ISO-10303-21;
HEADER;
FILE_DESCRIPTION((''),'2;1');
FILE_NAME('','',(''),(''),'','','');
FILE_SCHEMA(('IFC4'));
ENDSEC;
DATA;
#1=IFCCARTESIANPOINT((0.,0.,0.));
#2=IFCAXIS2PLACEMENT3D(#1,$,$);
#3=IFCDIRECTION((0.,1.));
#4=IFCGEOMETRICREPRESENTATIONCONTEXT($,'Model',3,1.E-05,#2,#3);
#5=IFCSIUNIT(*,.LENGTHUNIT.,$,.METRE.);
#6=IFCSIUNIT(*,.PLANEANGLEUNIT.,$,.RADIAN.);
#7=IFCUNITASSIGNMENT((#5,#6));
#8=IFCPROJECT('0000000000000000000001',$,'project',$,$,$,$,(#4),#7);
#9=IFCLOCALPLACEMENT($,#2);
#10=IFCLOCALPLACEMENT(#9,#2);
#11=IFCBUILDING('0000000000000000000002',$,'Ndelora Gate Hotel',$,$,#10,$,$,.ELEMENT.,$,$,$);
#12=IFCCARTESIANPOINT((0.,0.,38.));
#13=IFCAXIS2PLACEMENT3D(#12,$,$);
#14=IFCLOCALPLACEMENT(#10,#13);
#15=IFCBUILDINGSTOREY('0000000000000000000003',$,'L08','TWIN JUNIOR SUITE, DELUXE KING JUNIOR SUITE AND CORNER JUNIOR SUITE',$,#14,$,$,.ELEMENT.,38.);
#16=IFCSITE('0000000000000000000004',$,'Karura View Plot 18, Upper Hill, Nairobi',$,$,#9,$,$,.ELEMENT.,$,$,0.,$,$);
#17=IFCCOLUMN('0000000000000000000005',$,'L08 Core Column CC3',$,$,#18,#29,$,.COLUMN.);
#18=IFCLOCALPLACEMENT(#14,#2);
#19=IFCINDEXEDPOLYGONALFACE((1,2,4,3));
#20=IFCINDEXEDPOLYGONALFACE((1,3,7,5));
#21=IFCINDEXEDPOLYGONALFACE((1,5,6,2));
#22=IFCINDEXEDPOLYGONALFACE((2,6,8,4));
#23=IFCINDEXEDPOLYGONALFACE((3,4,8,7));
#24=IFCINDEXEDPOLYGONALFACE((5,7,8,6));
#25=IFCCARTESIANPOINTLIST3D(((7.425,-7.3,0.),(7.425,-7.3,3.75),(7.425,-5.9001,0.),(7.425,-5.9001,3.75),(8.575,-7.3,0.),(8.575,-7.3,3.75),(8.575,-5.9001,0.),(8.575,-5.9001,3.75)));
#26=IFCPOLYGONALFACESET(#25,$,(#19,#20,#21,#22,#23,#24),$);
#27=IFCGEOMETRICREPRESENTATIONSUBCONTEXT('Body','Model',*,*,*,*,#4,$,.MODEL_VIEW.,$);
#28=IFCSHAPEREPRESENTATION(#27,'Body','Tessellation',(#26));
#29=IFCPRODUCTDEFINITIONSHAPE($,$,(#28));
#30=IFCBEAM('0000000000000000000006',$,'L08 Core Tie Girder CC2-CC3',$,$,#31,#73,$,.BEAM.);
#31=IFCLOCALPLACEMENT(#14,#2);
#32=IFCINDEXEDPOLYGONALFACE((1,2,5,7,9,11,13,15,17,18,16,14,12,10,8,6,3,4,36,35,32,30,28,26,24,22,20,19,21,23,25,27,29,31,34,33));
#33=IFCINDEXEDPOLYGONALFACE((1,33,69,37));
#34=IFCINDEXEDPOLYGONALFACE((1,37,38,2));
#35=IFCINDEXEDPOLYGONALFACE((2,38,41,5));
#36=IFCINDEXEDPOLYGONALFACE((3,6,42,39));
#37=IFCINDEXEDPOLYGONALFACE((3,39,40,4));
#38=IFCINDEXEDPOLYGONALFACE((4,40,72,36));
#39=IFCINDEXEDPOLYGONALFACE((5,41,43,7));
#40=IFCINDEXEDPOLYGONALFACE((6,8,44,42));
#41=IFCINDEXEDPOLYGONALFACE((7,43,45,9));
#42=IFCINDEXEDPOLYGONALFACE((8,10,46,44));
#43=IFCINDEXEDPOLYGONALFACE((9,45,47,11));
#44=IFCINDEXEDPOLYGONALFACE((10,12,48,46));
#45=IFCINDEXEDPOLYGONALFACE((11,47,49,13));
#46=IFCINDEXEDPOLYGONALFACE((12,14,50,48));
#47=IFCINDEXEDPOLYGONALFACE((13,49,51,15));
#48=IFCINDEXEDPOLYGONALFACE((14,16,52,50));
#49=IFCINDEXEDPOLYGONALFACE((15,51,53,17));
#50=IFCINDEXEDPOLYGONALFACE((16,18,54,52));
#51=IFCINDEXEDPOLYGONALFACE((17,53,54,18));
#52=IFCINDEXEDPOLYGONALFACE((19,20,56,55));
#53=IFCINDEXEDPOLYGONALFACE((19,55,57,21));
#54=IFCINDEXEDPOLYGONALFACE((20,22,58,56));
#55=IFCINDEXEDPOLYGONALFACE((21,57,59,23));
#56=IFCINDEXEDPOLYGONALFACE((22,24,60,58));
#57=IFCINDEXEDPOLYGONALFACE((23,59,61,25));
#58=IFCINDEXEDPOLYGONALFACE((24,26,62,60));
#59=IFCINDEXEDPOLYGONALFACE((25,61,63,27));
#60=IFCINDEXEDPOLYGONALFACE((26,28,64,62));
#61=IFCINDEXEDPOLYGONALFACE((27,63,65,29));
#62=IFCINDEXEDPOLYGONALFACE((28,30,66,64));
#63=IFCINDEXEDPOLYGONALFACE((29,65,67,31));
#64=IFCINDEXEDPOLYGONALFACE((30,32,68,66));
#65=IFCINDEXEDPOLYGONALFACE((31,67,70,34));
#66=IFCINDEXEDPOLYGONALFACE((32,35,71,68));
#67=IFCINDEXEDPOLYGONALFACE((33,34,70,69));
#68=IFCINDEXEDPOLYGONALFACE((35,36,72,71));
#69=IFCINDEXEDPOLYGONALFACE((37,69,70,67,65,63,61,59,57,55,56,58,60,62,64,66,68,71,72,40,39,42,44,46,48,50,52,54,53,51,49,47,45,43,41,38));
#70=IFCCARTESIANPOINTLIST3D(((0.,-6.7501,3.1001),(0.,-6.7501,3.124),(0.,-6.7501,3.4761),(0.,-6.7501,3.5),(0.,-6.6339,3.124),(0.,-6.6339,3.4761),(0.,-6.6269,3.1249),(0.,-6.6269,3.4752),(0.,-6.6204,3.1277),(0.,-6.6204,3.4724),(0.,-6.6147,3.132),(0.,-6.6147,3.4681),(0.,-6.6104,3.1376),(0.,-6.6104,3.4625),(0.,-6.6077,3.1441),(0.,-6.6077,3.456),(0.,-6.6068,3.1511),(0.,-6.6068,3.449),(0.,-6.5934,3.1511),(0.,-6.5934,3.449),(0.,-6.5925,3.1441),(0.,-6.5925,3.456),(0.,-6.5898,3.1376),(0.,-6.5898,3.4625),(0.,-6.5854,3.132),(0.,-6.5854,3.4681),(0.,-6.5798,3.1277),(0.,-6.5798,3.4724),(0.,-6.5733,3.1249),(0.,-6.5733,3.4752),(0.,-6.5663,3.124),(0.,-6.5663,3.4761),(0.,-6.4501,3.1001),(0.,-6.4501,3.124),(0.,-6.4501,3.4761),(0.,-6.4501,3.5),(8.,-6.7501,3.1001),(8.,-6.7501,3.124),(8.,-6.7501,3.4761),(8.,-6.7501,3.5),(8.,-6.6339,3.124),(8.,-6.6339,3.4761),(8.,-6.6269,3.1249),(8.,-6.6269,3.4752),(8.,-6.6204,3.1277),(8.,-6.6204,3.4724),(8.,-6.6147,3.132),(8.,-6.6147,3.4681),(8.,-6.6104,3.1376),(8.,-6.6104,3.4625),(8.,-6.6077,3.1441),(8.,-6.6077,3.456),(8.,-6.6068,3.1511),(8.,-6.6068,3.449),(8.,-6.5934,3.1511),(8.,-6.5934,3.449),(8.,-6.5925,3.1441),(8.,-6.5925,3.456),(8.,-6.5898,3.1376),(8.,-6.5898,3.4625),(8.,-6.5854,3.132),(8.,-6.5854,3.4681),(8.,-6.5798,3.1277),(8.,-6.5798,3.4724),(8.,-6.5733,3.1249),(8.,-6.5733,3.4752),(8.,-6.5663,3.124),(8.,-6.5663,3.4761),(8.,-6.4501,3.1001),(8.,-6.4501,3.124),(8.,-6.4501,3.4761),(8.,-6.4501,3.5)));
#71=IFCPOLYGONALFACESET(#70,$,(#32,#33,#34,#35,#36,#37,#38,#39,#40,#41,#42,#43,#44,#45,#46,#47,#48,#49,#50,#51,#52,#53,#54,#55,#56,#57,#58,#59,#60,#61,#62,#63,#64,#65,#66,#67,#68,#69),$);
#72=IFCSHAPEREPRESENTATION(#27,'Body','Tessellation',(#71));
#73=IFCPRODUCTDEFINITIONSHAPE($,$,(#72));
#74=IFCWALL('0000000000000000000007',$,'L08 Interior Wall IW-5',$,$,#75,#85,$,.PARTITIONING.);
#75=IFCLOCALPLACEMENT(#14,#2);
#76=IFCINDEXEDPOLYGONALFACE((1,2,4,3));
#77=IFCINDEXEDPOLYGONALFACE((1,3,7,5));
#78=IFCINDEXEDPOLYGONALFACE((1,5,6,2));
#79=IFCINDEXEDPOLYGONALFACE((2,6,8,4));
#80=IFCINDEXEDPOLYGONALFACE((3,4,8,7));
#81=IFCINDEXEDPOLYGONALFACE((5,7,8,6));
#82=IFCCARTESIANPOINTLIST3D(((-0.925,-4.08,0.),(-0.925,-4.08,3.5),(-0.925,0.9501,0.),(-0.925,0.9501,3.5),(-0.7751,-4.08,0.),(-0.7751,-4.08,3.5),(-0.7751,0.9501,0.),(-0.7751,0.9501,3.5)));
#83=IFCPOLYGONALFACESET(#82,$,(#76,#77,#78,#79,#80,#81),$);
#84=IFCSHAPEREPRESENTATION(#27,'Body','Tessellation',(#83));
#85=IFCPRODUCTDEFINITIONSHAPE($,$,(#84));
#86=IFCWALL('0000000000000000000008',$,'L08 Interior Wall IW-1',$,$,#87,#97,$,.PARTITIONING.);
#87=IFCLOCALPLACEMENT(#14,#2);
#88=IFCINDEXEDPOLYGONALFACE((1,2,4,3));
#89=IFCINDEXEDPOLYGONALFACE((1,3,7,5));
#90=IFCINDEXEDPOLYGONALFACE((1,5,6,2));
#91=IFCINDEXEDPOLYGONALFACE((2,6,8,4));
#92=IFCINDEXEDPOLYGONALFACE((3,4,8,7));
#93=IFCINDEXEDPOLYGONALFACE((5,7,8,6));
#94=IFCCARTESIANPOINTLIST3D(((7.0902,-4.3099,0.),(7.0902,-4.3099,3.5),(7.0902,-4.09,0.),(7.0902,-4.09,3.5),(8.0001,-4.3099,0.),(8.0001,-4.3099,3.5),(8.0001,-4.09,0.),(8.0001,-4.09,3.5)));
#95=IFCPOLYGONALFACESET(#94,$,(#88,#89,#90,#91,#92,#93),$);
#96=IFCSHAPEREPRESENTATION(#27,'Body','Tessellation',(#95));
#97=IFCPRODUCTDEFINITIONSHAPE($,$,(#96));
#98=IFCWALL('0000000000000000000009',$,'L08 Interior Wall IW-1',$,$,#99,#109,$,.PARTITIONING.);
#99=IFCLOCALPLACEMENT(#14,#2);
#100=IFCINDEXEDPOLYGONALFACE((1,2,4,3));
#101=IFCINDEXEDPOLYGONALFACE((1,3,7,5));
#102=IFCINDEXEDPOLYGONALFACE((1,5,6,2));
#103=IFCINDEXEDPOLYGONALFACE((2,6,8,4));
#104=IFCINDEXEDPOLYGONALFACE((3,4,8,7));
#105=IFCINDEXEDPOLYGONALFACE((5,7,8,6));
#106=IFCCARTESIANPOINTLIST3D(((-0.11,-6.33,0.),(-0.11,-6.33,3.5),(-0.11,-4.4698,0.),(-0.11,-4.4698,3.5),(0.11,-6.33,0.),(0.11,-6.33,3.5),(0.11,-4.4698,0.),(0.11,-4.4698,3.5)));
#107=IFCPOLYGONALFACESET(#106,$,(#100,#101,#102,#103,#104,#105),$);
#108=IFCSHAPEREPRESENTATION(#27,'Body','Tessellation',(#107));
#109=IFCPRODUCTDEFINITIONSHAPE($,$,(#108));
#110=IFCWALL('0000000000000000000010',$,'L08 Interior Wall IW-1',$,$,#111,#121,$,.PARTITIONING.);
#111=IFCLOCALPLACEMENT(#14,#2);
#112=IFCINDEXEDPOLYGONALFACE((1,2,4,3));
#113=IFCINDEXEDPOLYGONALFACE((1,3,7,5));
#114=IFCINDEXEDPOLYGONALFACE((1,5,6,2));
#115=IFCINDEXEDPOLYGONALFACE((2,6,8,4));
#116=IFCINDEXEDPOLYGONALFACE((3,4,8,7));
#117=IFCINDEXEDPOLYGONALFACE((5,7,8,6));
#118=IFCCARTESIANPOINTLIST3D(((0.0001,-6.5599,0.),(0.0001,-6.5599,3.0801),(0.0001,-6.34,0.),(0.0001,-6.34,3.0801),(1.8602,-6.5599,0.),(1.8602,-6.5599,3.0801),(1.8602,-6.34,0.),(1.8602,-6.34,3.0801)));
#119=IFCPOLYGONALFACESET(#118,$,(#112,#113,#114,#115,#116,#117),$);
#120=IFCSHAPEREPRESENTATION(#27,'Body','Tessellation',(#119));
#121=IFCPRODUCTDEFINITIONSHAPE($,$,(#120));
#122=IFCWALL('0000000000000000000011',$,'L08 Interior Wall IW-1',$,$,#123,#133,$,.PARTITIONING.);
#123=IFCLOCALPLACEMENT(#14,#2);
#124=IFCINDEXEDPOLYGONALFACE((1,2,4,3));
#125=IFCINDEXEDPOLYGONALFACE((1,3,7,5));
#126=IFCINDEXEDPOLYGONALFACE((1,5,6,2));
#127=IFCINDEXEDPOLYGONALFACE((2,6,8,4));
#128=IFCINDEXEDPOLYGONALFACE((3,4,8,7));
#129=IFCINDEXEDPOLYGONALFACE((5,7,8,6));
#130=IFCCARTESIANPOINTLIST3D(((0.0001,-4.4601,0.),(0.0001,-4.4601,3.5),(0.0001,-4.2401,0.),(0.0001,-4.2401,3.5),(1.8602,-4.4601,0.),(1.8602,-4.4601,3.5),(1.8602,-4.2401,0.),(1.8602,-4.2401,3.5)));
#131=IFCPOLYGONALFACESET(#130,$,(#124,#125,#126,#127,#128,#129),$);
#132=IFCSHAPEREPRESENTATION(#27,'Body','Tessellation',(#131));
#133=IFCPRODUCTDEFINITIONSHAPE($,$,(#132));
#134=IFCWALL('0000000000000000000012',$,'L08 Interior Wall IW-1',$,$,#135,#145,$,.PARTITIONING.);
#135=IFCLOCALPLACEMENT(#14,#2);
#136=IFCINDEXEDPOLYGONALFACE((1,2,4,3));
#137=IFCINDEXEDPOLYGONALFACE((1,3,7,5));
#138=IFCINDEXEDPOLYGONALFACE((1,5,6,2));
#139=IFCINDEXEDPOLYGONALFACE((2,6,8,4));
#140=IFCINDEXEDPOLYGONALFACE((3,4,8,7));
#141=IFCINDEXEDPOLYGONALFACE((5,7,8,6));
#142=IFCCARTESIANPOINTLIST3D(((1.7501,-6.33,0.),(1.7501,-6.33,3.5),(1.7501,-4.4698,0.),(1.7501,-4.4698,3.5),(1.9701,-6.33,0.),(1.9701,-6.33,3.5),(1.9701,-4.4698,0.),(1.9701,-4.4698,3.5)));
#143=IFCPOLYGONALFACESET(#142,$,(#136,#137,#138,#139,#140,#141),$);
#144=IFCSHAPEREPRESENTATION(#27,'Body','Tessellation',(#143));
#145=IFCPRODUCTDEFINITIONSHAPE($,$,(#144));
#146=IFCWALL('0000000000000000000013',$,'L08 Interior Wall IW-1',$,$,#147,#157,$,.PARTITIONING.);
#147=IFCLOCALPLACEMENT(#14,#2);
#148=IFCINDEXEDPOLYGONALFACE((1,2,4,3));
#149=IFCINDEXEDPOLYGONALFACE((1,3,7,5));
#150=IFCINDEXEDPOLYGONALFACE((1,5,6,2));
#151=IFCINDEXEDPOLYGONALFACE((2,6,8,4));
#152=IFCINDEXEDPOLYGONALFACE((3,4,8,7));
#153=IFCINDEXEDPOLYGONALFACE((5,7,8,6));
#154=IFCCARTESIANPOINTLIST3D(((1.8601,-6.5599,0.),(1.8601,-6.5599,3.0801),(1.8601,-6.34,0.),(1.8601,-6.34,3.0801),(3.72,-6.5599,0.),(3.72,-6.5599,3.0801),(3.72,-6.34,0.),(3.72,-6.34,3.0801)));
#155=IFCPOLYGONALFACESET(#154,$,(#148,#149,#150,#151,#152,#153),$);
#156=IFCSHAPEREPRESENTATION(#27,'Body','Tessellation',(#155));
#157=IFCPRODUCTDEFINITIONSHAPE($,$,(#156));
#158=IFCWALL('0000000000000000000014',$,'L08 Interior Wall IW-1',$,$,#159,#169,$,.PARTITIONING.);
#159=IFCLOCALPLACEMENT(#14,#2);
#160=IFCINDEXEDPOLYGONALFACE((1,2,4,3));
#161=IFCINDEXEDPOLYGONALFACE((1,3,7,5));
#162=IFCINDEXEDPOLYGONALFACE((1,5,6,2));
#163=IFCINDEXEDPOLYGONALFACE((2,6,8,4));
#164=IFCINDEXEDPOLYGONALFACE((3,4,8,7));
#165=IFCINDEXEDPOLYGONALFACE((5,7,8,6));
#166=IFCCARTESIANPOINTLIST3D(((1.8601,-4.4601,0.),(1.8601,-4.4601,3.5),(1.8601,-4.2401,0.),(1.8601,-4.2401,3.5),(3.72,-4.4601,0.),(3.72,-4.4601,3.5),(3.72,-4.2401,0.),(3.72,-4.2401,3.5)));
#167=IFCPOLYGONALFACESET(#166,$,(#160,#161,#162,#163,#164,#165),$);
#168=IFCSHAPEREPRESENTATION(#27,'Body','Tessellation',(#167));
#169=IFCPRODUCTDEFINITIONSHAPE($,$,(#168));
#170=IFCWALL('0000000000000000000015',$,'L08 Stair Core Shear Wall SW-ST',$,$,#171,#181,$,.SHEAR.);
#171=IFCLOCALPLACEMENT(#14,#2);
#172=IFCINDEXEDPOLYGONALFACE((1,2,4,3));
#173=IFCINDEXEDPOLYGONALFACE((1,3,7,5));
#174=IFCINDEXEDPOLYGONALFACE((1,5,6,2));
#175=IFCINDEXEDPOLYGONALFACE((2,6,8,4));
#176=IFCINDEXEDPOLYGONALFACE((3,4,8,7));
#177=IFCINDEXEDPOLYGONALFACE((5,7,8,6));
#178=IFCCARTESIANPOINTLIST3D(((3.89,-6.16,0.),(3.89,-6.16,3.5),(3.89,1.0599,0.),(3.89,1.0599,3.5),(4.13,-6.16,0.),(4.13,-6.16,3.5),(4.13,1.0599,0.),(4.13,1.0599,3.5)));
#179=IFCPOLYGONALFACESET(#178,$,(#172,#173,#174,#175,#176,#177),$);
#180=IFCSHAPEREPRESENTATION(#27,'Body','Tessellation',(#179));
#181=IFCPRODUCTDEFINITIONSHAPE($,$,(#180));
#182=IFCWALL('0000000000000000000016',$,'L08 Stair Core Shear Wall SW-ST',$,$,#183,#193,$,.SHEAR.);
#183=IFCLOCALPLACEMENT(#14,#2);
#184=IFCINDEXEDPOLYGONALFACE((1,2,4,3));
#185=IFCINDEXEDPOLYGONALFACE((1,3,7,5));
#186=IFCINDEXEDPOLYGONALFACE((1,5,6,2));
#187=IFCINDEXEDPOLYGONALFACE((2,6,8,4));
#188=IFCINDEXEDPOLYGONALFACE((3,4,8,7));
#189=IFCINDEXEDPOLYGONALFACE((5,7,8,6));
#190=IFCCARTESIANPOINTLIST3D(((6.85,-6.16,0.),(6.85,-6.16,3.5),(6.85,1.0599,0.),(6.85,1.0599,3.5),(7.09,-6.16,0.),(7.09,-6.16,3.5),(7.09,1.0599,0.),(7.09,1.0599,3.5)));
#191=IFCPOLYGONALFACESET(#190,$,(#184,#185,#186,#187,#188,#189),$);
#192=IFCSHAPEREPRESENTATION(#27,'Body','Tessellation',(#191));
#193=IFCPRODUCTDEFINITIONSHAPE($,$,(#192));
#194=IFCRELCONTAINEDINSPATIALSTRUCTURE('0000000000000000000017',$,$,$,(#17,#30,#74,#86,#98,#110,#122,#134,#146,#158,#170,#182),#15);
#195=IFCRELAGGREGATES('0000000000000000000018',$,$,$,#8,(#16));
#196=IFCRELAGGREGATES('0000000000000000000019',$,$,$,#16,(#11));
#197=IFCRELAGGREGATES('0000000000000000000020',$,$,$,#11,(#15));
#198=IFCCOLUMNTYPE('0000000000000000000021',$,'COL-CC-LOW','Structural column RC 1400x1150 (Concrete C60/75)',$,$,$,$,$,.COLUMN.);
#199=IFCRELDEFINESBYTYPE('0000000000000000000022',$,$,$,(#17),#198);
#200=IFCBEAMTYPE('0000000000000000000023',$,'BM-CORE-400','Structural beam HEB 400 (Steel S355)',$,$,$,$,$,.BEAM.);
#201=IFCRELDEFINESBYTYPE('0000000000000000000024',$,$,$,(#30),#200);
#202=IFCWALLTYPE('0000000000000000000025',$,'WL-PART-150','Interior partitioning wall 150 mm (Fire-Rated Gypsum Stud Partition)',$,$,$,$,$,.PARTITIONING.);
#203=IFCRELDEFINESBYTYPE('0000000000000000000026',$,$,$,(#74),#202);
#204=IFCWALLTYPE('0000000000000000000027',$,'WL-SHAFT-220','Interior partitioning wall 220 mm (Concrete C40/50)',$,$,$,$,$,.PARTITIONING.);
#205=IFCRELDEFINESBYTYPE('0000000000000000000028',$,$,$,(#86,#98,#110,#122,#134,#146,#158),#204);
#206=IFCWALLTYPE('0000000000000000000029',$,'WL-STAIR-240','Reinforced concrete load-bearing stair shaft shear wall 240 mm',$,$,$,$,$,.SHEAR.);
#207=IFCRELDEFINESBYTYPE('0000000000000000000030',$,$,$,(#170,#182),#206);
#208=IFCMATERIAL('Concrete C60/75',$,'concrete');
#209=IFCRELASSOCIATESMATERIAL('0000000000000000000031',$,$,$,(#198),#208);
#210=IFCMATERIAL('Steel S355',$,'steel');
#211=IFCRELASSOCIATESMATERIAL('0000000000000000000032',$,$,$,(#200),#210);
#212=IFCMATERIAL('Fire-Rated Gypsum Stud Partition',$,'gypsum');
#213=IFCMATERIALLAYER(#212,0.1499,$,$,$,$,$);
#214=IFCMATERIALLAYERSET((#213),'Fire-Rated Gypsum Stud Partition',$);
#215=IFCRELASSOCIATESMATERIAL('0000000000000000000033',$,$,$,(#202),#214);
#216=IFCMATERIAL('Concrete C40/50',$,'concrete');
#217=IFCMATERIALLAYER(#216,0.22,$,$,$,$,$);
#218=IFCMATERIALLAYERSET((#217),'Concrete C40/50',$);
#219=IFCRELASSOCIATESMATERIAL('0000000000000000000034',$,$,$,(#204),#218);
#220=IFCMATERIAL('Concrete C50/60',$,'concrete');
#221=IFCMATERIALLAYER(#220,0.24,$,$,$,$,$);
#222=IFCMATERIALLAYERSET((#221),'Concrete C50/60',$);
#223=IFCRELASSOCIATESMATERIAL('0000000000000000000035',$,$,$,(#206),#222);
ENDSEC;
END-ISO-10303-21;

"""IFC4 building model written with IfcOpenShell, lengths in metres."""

from ifc_helpers import new_model, si_unit, direction, frame, frame_2d, origin, origin_2d, place, context, subcontext, project, spatial, rectangle, i_section, extrude, material, layer, layer_set, material_profile, profile_set, type_object, element, save


model = new_model("IFC4")

# Units and contexts
model_context = context("Model", 3, precision=1e-05, world=origin(), true_north=direction((0.0, 1.0)))
body_context = subcontext(model_context, "Body", "Model", "MODEL_VIEW")
ifc_project = project(units=[si_unit("LENGTHUNIT", "METRE"), si_unit("PLANEANGLEUNIT", "RADIAN")], contexts=[model_context])

# Site, building, storey
site_placement = place(None, origin())
site = spatial("IfcSite", under=ifc_project, at=site_placement, Name="Karura View Plot 18, Upper Hill, Nairobi", CompositionType="ELEMENT", RefElevation=0.0)
building_placement = place(site_placement, origin())
building = spatial("IfcBuilding", under=site, at=building_placement, Name="Ndelora Gate Hotel", CompositionType="ELEMENT")
storey_placement = place(building_placement, frame((0.0, 0.0, 38.0)))
storey = spatial("IfcBuildingStorey", under=building, at=storey_placement, Name="L08", Description="TWIN JUNIOR SUITE, DELUXE KING JUNIOR SUITE AND CORNER JUNIOR SUITE", CompositionType="ELEMENT", Elevation=38.0)

# Column
ifc_material_1 = material(Name="Concrete C60/75", Category="concrete")
ifc_material_profile_1 = material_profile(ifc_material_1, rectangle(XDim=1.1499, YDim=1.3999, at=origin_2d()), Name="RC 1400x1150")
ifc_profile_set_1 = profile_set([ifc_material_profile_1], Name="Concrete C60/75")
column_type = type_object("IfcColumnType", Name="COL-CC-LOW", Description="Structural column RC 1400x1150 (Concrete C60/75)", PredefinedType="COLUMN", material=ifc_profile_set_1)
column_placement = place(storey_placement, frame((8.0, -6.6001, 0.0), z_axis=(0.0, 0.0, 1.0), x_axis=(1.0, 0.0, 0.0)))
element("IfcColumn", 1, at=column_placement, inside=storey, type_object=column_type, Name="L08 Core Column CC3", PredefinedType="COLUMN", context=body_context, shape_type="SweptSolid", body=[
    extrude(rectangle(XDim=1.1499, YDim=1.3999, at=origin_2d()), origin(), (0.0, 0.0, 1.0), 3.75),
])

# Beam
ifc_material_2 = material(Name="Steel S355", Category="steel")
ifc_material_profile_2 = material_profile(ifc_material_2, i_section(OverallWidth=0.3, OverallDepth=0.3999, WebThickness=0.0134, FlangeThickness=0.0239, FilletRadius=0.0271, at=origin_2d()), Name="HEB 400")
ifc_profile_set_2 = profile_set([ifc_material_profile_2], Name="Steel S355")
beam_type = type_object("IfcBeamType", Name="BM-CORE-400", Description="Structural beam HEB 400 (Steel S355)", PredefinedType="BEAM", material=ifc_profile_set_2)
beam_placement = place(storey_placement, frame((0.0, -6.6001, 3.3), z_axis=(1.0, 0.0, 0.0), x_axis=(0.0, 1.0, 0.0)))
element("IfcBeam", 2, at=beam_placement, inside=storey, type_object=beam_type, Name="L08 Core Tie Girder CC2-CC3", PredefinedType="BEAM", context=body_context, shape_type="SweptSolid", body=[
    extrude(i_section(OverallWidth=0.3, OverallDepth=0.3999, WebThickness=0.0134, FlangeThickness=0.0239, FilletRadius=0.0271, at=origin_2d()), origin(), (0.0, 0.0, 1.0), 8.0),
])

# Walls
ifc_material_3 = material(Name="Fire-Rated Gypsum Stud Partition", Category="gypsum")
ifc_layer_1 = layer(ifc_material_3, 0.1499)
ifc_layer_set_1 = layer_set([ifc_layer_1], Name="Fire-Rated Gypsum Stud Partition")
wall_type_1 = type_object("IfcWallType", Name="WL-PART-150", Description="Interior partitioning wall 150 mm (Fire-Rated Gypsum Stud Partition)", PredefinedType="PARTITIONING", material=ifc_layer_set_1)
wall_1_placement = place(storey_placement, frame((-0.8501, -4.0801, 0.0), z_axis=(0.0, 0.0, 1.0), x_axis=(0.0, 1.0, 0.0)))
element("IfcWall", 3, at=wall_1_placement, inside=storey, type_object=wall_type_1, Name="L08 Interior Wall IW-5", PredefinedType="PARTITIONING", context=body_context, shape_type="SweptSolid", body=[
    extrude(rectangle(XDim=5.03, YDim=0.1499, at=frame_2d((2.5151, 0.0))), origin(), (0.0, 0.0, 1.0), 3.5),
])
ifc_material_4 = material(Name="Concrete C40/50", Category="concrete")
ifc_layer_2 = layer(ifc_material_4, 0.22)
ifc_layer_set_2 = layer_set([ifc_layer_2], Name="Concrete C40/50")
wall_type_2 = type_object("IfcWallType", Name="WL-SHAFT-220", Description="Interior partitioning wall 220 mm (Concrete C40/50)", PredefinedType="PARTITIONING", material=ifc_layer_set_2)
wall_2_placement = place(storey_placement, frame((7.0901, -4.2, 0.0), z_axis=(0.0, 0.0, 1.0), x_axis=(1.0, 0.0, 0.0)))
element("IfcWall", 4, at=wall_2_placement, inside=storey, type_object=wall_type_2, Name="L08 Interior Wall IW-1", PredefinedType="PARTITIONING", context=body_context, shape_type="SweptSolid", body=[
    extrude(rectangle(XDim=0.9099, YDim=0.22, at=frame_2d((0.4551, 0.0))), origin(), (0.0, 0.0, 1.0), 3.5),
])
wall_3_placement = place(storey_placement, frame((0.0, -6.3301, 0.0), z_axis=(0.0, 0.0, 1.0), x_axis=(0.0, 1.0, 0.0)))
element("IfcWall", 5, at=wall_3_placement, inside=storey, type_object=wall_type_2, Name="L08 Interior Wall IW-1", PredefinedType="PARTITIONING", context=body_context, shape_type="SweptSolid", body=[
    extrude(rectangle(XDim=1.8601, YDim=0.22, at=frame_2d((0.9302, 0.0))), origin(), (0.0, 0.0, 1.0), 3.5),
])
wall_4_placement = place(storey_placement, frame((0.0, -6.45, 0.0), z_axis=(0.0, 0.0, 1.0), x_axis=(1.0, 0.0, 0.0)))
element("IfcWall", 6, at=wall_4_placement, inside=storey, type_object=wall_type_2, Name="L08 Interior Wall IW-1", PredefinedType="PARTITIONING", context=body_context, shape_type="SweptSolid", body=[
    extrude(rectangle(XDim=1.8601, YDim=0.22, at=frame_2d((0.9302, 0.0))), origin(), (0.0, 0.0, 1.0), 3.0801),
])
for number, where, z_axis, x_axis, name in (
    (7, (0.0, -4.3501, 0.0), (0.0, 0.0, 1.0), (1.0, 0.0, 0.0), "L08 Interior Wall IW-1"),
    (8, (1.8601, -6.3301, 0.0), (0.0, 0.0, 1.0), (0.0, 1.0, 0.0), "L08 Interior Wall IW-1"),
):
    element("IfcWall", number, at=place(storey_placement, frame(where, z_axis=z_axis, x_axis=x_axis)), inside=storey, type_object=wall_type_2, Name=name, PredefinedType="PARTITIONING", context=body_context, shape_type="SweptSolid", body=[
        extrude(rectangle(XDim=1.8601, YDim=0.22, at=frame_2d((0.9302, 0.0))), origin(), (0.0, 0.0, 1.0), 3.5),
    ])
wall_5_placement = place(storey_placement, frame((1.8601, -6.45, 0.0), z_axis=(0.0, 0.0, 1.0), x_axis=(1.0, 0.0, 0.0)))
element("IfcWall", 9, at=wall_5_placement, inside=storey, type_object=wall_type_2, Name="L08 Interior Wall IW-1", PredefinedType="PARTITIONING", context=body_context, shape_type="SweptSolid", body=[
    extrude(rectangle(XDim=1.8599, YDim=0.22, at=frame_2d((0.9299, 0.0))), origin(), (0.0, 0.0, 1.0), 3.0801),
])
wall_6_placement = place(storey_placement, frame((1.8601, -4.3501, 0.0), z_axis=(0.0, 0.0, 1.0), x_axis=(1.0, 0.0, 0.0)))
element("IfcWall", 10, at=wall_6_placement, inside=storey, type_object=wall_type_2, Name="L08 Interior Wall IW-1", PredefinedType="PARTITIONING", context=body_context, shape_type="SweptSolid", body=[
    extrude(rectangle(XDim=1.8599, YDim=0.22, at=frame_2d((0.9299, 0.0))), origin(), (0.0, 0.0, 1.0), 3.5),
])
ifc_material_5 = material(Name="Concrete C50/60", Category="concrete")
ifc_layer_3 = layer(ifc_material_5, 0.24)
ifc_layer_set_3 = layer_set([ifc_layer_3], Name="Concrete C50/60")
wall_type_3 = type_object("IfcWallType", Name="WL-STAIR-240", Description="Reinforced concrete load-bearing stair shaft shear wall 240 mm", PredefinedType="SHEAR", material=ifc_layer_set_3)
for number, where, z_axis, x_axis, name in (
    (11, (4.01, -6.1599, 0.0), (0.0, 0.0, 1.0), (0.0, 1.0, 0.0), "L08 Stair Core Shear Wall SW-ST"),
    (12, (6.97, -6.1599, 0.0), (0.0, 0.0, 1.0), (0.0, 1.0, 0.0), "L08 Stair Core Shear Wall SW-ST"),
):
    element("IfcWall", number, at=place(storey_placement, frame(where, z_axis=z_axis, x_axis=x_axis)), inside=storey, type_object=wall_type_3, Name=name, PredefinedType="SHEAR", context=body_context, shape_type="SweptSolid", body=[
        extrude(rectangle(XDim=7.22, YDim=0.24, at=frame_2d((3.6099, 0.0))), origin(), (0.0, 0.0, 1.0), 3.5),
    ])

save(model, "model.ifc")
